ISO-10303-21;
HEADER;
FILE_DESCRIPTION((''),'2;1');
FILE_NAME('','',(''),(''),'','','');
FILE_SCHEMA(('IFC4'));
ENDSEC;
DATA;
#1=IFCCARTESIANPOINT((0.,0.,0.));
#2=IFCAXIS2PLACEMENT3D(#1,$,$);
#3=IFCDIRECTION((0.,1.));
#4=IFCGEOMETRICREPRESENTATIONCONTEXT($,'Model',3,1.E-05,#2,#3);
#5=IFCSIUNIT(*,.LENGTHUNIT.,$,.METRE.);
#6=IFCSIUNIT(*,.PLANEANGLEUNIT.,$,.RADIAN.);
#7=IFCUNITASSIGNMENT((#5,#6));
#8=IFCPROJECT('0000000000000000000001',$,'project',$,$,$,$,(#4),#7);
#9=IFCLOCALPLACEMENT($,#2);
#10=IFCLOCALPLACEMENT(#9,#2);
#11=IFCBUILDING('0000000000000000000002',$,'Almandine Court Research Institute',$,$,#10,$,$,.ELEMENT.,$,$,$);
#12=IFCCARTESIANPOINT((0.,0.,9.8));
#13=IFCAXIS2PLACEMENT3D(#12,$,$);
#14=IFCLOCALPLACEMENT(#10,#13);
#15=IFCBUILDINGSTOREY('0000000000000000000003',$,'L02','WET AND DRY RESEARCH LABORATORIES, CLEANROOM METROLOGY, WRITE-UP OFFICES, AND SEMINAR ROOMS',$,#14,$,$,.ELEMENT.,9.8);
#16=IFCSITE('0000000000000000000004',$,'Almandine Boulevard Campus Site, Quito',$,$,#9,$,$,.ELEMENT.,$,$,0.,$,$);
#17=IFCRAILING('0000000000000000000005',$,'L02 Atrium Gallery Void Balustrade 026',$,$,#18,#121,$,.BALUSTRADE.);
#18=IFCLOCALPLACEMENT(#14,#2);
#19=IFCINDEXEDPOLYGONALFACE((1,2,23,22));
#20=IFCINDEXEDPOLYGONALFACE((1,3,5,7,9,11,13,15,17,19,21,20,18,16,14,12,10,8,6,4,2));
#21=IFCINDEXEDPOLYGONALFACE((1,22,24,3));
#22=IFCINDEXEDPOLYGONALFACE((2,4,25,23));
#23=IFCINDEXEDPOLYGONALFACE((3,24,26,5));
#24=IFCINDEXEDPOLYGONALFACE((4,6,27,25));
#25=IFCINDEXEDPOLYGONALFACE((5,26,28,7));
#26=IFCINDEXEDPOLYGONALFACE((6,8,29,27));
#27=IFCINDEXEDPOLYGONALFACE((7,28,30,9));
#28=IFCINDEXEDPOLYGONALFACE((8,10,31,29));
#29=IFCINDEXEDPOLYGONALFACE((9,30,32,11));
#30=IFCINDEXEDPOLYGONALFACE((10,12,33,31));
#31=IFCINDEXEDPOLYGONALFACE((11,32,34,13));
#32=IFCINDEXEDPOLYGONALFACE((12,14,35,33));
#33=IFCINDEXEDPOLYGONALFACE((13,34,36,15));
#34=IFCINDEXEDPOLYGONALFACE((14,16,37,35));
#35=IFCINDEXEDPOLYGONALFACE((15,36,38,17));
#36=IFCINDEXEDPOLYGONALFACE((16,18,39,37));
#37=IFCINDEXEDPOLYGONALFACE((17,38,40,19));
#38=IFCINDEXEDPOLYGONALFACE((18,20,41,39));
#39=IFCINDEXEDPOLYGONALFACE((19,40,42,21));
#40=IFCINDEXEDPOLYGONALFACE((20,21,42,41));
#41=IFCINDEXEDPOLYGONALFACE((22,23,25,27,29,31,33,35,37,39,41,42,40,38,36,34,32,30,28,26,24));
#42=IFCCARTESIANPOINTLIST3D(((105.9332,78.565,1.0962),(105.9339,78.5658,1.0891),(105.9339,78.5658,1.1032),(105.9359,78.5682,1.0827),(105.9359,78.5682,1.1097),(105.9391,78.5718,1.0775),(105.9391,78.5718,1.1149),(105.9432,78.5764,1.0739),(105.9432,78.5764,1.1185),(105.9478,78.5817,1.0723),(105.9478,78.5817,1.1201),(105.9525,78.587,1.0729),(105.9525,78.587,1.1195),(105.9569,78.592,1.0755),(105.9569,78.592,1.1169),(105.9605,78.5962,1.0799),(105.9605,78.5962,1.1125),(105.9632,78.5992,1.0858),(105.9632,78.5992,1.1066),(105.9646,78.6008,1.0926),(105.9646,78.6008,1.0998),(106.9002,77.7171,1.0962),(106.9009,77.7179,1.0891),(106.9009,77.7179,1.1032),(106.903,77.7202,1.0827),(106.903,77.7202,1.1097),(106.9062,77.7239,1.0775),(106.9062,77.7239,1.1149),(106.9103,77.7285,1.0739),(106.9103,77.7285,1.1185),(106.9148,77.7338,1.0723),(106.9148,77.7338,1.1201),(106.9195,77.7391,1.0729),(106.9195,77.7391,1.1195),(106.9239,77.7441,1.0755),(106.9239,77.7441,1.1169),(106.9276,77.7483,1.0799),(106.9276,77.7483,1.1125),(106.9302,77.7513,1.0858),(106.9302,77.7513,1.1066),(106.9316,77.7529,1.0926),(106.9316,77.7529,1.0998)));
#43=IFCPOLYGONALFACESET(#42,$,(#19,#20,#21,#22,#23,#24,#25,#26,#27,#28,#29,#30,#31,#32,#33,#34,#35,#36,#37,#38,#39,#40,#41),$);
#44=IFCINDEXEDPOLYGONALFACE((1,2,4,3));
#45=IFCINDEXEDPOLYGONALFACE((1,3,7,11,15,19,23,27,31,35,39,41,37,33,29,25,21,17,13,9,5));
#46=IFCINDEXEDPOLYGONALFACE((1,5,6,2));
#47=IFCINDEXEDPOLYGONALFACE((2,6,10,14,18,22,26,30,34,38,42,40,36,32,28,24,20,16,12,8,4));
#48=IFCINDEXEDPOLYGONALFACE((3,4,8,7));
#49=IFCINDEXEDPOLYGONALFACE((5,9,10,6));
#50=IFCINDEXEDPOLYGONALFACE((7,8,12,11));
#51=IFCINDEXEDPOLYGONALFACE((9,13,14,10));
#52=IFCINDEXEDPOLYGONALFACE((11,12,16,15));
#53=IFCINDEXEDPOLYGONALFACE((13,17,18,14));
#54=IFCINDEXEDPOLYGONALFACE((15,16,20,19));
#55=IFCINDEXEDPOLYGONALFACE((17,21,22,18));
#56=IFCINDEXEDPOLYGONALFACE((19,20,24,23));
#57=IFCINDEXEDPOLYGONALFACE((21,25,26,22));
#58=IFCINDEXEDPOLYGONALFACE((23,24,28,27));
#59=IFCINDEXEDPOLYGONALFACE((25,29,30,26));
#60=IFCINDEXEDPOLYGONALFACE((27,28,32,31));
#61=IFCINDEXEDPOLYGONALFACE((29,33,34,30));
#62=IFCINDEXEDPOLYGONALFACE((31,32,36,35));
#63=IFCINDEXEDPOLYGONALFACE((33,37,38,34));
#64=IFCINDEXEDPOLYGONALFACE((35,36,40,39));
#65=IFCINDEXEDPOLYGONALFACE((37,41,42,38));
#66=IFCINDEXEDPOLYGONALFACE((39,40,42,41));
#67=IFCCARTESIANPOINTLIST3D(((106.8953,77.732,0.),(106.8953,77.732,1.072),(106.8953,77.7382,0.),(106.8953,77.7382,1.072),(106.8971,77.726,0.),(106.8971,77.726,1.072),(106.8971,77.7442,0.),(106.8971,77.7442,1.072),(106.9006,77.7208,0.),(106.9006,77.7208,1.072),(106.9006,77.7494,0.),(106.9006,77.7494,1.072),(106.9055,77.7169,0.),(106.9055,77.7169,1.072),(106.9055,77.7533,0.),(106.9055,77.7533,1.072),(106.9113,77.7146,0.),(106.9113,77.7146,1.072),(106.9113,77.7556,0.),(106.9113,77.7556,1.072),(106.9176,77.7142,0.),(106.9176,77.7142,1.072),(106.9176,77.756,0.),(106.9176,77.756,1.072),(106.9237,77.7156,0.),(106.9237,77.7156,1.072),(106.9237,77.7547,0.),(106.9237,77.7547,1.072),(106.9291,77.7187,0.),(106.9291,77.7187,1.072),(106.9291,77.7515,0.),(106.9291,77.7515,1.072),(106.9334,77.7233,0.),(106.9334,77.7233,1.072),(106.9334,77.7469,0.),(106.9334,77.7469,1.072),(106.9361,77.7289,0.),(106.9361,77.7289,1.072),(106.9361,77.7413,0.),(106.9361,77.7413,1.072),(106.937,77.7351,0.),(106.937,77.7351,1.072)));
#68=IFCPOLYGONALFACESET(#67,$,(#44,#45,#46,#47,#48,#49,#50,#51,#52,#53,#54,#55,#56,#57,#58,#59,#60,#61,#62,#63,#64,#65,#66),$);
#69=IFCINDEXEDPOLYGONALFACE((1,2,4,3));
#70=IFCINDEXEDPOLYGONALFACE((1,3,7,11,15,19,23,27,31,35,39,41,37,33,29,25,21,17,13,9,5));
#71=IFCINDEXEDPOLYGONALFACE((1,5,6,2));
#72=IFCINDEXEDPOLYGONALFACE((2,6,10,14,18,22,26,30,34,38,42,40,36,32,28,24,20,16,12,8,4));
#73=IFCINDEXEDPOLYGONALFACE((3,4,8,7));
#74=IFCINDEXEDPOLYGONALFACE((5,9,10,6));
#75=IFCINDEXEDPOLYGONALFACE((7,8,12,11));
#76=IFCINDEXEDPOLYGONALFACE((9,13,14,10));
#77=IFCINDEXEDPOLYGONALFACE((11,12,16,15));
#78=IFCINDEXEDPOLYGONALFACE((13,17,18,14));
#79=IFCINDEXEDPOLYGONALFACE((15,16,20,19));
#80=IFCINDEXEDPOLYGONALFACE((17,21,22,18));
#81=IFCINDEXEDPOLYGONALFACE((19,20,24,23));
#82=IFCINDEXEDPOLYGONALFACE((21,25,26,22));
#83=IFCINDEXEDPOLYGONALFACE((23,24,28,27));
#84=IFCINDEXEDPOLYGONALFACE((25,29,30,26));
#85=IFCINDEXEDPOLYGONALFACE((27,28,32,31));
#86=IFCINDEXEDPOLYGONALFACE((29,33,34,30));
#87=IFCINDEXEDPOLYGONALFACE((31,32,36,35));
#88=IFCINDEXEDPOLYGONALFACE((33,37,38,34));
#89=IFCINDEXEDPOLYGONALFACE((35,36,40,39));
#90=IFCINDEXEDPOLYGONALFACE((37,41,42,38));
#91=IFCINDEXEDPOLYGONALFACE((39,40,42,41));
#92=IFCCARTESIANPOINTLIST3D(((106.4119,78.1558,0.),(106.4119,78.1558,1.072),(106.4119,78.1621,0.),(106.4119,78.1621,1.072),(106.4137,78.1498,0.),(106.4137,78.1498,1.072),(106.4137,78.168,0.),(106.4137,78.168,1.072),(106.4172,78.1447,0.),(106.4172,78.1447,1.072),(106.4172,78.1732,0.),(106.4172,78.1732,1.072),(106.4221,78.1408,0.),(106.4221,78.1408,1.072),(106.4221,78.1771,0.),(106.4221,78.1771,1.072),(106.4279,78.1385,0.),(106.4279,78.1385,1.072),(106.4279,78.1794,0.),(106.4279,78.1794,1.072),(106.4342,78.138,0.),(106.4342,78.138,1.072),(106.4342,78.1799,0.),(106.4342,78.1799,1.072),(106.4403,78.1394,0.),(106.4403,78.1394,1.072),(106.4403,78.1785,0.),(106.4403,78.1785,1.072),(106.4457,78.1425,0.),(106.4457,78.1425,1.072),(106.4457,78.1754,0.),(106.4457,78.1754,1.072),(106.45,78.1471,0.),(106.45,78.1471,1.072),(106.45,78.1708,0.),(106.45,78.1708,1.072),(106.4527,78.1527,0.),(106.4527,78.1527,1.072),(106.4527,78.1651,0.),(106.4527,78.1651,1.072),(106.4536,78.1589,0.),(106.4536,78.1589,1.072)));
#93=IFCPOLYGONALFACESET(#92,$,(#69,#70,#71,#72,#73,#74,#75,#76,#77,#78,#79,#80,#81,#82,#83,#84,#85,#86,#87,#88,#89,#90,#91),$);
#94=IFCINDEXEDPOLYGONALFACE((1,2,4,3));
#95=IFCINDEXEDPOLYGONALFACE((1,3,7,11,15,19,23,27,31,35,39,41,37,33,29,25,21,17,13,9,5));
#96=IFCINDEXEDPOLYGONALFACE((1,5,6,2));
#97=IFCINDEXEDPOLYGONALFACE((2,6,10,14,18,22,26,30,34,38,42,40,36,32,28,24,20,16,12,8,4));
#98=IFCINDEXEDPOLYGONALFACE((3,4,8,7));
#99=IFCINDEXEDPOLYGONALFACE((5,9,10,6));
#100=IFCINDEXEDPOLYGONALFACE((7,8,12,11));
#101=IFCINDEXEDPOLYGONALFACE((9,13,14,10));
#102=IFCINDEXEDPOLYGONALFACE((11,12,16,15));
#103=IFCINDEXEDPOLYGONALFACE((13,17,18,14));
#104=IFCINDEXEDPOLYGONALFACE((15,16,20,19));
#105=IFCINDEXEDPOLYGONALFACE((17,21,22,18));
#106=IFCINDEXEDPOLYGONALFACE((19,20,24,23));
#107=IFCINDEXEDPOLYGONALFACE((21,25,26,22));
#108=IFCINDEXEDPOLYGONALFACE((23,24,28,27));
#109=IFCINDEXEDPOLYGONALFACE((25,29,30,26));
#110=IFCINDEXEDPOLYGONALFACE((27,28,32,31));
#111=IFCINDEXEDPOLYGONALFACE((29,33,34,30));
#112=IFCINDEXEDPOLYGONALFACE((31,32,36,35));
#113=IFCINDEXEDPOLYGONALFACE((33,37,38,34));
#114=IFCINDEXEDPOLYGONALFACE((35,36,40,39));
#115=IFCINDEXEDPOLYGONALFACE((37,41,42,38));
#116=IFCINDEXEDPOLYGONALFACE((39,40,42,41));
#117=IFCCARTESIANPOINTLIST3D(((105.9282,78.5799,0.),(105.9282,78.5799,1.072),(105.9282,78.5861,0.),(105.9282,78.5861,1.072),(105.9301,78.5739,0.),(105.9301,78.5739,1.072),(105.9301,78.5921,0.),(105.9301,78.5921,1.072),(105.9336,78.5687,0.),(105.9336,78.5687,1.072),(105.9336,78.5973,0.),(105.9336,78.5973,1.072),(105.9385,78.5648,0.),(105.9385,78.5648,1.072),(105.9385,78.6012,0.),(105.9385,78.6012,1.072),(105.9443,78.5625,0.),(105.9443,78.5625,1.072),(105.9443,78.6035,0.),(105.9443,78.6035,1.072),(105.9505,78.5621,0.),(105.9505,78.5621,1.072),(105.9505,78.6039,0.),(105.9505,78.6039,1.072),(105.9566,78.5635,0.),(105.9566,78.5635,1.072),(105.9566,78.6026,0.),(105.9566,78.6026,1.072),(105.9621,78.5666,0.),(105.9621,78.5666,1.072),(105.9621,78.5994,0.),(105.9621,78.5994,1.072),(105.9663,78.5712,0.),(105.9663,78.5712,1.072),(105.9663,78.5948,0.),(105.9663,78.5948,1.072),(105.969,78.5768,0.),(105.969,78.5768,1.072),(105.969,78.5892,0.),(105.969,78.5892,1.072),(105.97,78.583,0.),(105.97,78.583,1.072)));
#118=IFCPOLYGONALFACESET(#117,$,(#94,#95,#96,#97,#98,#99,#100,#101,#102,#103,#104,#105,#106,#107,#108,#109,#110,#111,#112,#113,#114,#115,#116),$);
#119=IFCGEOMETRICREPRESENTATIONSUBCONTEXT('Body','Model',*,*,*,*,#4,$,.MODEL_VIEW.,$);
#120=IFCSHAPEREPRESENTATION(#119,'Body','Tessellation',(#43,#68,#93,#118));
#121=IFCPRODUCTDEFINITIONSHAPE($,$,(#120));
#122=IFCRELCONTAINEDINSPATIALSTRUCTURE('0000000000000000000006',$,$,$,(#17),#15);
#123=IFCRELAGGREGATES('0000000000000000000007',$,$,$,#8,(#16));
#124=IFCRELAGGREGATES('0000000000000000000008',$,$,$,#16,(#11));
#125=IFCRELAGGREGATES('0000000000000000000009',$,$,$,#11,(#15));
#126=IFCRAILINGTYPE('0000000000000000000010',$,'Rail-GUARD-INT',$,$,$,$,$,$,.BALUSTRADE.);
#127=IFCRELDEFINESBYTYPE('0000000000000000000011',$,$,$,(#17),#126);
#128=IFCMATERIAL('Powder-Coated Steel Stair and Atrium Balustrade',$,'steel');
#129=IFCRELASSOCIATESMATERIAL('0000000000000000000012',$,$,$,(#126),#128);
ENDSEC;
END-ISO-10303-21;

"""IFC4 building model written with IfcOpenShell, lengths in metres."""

from ifc_helpers import new_model, si_unit, direction, frame, origin, origin_2d, place, context, subcontext, project, spatial, circle, extrude, material, type_object, element, save


model = new_model("IFC4")

# Units and contexts
model_context = context("Model", 3, precision=1e-05, world=origin(), true_north=direction((0.0, 1.0)))
body_context = subcontext(model_context, "Body", "Model", "MODEL_VIEW")
ifc_project = project(units=[si_unit("LENGTHUNIT", "METRE"), si_unit("PLANEANGLEUNIT", "RADIAN")], contexts=[model_context])

# Site, building, storey
site_placement = place(None, origin())
site = spatial("IfcSite", under=ifc_project, at=site_placement, Name="Almandine Boulevard Campus Site, Quito", CompositionType="ELEMENT", RefElevation=0.0)
building_placement = place(site_placement, origin())
building = spatial("IfcBuilding", under=site, at=building_placement, Name="Almandine Court Research Institute", CompositionType="ELEMENT")
storey_placement = place(building_placement, frame((0.0, 0.0, 9.8)))
storey = spatial("IfcBuildingStorey", under=building, at=storey_placement, Name="L02", Description="WET AND DRY RESEARCH LABORATORIES, CLEANROOM METROLOGY, WRITE-UP OFFICES, AND SEMINAR ROOMS", CompositionType="ELEMENT", Elevation=9.8)

# Railing
ifc_material_1 = material(Name="Powder-Coated Steel Stair and Atrium Balustrade", Category="steel")
railing_type = type_object("IfcRailingType", Name="Rail-GUARD-INT", PredefinedType="BALUSTRADE", material=ifc_material_1)
railing_1_placement = place(storey_placement, frame((106.916, 77.7351, 0.0)))
element("IfcRailing", 1, at=railing_1_placement, inside=storey, type_object=railing_type, Name="L02 Atrium Gallery Void Balustrade 026", PredefinedType="BALUSTRADE", context=body_context, shape_type="SweptSolid", body=[
    extrude(circle(Radius=0.0239, at=origin_2d()), frame((0.0, 0.0, 1.0962), z_axis=(-0.751906, 0.65927, 0.0), x_axis=(-0.65927, -0.751906, 0.0)), (0.0, 0.0, 1.0), 1.2861),
    extrude(circle(Radius=0.021, at=origin_2d()), origin(), (0.0, 0.0, 1.0), 1.072),
    extrude(circle(Radius=0.021, at=origin_2d()), frame((-0.4834, 0.4238, 0.0)), (0.0, 0.0, 1.0), 1.072),
    extrude(circle(Radius=0.021, at=origin_2d()), frame((-0.967, 0.8479, 0.0)), (0.0, 0.0, 1.0), 1.072),
])

save(model, "model.ifc")
